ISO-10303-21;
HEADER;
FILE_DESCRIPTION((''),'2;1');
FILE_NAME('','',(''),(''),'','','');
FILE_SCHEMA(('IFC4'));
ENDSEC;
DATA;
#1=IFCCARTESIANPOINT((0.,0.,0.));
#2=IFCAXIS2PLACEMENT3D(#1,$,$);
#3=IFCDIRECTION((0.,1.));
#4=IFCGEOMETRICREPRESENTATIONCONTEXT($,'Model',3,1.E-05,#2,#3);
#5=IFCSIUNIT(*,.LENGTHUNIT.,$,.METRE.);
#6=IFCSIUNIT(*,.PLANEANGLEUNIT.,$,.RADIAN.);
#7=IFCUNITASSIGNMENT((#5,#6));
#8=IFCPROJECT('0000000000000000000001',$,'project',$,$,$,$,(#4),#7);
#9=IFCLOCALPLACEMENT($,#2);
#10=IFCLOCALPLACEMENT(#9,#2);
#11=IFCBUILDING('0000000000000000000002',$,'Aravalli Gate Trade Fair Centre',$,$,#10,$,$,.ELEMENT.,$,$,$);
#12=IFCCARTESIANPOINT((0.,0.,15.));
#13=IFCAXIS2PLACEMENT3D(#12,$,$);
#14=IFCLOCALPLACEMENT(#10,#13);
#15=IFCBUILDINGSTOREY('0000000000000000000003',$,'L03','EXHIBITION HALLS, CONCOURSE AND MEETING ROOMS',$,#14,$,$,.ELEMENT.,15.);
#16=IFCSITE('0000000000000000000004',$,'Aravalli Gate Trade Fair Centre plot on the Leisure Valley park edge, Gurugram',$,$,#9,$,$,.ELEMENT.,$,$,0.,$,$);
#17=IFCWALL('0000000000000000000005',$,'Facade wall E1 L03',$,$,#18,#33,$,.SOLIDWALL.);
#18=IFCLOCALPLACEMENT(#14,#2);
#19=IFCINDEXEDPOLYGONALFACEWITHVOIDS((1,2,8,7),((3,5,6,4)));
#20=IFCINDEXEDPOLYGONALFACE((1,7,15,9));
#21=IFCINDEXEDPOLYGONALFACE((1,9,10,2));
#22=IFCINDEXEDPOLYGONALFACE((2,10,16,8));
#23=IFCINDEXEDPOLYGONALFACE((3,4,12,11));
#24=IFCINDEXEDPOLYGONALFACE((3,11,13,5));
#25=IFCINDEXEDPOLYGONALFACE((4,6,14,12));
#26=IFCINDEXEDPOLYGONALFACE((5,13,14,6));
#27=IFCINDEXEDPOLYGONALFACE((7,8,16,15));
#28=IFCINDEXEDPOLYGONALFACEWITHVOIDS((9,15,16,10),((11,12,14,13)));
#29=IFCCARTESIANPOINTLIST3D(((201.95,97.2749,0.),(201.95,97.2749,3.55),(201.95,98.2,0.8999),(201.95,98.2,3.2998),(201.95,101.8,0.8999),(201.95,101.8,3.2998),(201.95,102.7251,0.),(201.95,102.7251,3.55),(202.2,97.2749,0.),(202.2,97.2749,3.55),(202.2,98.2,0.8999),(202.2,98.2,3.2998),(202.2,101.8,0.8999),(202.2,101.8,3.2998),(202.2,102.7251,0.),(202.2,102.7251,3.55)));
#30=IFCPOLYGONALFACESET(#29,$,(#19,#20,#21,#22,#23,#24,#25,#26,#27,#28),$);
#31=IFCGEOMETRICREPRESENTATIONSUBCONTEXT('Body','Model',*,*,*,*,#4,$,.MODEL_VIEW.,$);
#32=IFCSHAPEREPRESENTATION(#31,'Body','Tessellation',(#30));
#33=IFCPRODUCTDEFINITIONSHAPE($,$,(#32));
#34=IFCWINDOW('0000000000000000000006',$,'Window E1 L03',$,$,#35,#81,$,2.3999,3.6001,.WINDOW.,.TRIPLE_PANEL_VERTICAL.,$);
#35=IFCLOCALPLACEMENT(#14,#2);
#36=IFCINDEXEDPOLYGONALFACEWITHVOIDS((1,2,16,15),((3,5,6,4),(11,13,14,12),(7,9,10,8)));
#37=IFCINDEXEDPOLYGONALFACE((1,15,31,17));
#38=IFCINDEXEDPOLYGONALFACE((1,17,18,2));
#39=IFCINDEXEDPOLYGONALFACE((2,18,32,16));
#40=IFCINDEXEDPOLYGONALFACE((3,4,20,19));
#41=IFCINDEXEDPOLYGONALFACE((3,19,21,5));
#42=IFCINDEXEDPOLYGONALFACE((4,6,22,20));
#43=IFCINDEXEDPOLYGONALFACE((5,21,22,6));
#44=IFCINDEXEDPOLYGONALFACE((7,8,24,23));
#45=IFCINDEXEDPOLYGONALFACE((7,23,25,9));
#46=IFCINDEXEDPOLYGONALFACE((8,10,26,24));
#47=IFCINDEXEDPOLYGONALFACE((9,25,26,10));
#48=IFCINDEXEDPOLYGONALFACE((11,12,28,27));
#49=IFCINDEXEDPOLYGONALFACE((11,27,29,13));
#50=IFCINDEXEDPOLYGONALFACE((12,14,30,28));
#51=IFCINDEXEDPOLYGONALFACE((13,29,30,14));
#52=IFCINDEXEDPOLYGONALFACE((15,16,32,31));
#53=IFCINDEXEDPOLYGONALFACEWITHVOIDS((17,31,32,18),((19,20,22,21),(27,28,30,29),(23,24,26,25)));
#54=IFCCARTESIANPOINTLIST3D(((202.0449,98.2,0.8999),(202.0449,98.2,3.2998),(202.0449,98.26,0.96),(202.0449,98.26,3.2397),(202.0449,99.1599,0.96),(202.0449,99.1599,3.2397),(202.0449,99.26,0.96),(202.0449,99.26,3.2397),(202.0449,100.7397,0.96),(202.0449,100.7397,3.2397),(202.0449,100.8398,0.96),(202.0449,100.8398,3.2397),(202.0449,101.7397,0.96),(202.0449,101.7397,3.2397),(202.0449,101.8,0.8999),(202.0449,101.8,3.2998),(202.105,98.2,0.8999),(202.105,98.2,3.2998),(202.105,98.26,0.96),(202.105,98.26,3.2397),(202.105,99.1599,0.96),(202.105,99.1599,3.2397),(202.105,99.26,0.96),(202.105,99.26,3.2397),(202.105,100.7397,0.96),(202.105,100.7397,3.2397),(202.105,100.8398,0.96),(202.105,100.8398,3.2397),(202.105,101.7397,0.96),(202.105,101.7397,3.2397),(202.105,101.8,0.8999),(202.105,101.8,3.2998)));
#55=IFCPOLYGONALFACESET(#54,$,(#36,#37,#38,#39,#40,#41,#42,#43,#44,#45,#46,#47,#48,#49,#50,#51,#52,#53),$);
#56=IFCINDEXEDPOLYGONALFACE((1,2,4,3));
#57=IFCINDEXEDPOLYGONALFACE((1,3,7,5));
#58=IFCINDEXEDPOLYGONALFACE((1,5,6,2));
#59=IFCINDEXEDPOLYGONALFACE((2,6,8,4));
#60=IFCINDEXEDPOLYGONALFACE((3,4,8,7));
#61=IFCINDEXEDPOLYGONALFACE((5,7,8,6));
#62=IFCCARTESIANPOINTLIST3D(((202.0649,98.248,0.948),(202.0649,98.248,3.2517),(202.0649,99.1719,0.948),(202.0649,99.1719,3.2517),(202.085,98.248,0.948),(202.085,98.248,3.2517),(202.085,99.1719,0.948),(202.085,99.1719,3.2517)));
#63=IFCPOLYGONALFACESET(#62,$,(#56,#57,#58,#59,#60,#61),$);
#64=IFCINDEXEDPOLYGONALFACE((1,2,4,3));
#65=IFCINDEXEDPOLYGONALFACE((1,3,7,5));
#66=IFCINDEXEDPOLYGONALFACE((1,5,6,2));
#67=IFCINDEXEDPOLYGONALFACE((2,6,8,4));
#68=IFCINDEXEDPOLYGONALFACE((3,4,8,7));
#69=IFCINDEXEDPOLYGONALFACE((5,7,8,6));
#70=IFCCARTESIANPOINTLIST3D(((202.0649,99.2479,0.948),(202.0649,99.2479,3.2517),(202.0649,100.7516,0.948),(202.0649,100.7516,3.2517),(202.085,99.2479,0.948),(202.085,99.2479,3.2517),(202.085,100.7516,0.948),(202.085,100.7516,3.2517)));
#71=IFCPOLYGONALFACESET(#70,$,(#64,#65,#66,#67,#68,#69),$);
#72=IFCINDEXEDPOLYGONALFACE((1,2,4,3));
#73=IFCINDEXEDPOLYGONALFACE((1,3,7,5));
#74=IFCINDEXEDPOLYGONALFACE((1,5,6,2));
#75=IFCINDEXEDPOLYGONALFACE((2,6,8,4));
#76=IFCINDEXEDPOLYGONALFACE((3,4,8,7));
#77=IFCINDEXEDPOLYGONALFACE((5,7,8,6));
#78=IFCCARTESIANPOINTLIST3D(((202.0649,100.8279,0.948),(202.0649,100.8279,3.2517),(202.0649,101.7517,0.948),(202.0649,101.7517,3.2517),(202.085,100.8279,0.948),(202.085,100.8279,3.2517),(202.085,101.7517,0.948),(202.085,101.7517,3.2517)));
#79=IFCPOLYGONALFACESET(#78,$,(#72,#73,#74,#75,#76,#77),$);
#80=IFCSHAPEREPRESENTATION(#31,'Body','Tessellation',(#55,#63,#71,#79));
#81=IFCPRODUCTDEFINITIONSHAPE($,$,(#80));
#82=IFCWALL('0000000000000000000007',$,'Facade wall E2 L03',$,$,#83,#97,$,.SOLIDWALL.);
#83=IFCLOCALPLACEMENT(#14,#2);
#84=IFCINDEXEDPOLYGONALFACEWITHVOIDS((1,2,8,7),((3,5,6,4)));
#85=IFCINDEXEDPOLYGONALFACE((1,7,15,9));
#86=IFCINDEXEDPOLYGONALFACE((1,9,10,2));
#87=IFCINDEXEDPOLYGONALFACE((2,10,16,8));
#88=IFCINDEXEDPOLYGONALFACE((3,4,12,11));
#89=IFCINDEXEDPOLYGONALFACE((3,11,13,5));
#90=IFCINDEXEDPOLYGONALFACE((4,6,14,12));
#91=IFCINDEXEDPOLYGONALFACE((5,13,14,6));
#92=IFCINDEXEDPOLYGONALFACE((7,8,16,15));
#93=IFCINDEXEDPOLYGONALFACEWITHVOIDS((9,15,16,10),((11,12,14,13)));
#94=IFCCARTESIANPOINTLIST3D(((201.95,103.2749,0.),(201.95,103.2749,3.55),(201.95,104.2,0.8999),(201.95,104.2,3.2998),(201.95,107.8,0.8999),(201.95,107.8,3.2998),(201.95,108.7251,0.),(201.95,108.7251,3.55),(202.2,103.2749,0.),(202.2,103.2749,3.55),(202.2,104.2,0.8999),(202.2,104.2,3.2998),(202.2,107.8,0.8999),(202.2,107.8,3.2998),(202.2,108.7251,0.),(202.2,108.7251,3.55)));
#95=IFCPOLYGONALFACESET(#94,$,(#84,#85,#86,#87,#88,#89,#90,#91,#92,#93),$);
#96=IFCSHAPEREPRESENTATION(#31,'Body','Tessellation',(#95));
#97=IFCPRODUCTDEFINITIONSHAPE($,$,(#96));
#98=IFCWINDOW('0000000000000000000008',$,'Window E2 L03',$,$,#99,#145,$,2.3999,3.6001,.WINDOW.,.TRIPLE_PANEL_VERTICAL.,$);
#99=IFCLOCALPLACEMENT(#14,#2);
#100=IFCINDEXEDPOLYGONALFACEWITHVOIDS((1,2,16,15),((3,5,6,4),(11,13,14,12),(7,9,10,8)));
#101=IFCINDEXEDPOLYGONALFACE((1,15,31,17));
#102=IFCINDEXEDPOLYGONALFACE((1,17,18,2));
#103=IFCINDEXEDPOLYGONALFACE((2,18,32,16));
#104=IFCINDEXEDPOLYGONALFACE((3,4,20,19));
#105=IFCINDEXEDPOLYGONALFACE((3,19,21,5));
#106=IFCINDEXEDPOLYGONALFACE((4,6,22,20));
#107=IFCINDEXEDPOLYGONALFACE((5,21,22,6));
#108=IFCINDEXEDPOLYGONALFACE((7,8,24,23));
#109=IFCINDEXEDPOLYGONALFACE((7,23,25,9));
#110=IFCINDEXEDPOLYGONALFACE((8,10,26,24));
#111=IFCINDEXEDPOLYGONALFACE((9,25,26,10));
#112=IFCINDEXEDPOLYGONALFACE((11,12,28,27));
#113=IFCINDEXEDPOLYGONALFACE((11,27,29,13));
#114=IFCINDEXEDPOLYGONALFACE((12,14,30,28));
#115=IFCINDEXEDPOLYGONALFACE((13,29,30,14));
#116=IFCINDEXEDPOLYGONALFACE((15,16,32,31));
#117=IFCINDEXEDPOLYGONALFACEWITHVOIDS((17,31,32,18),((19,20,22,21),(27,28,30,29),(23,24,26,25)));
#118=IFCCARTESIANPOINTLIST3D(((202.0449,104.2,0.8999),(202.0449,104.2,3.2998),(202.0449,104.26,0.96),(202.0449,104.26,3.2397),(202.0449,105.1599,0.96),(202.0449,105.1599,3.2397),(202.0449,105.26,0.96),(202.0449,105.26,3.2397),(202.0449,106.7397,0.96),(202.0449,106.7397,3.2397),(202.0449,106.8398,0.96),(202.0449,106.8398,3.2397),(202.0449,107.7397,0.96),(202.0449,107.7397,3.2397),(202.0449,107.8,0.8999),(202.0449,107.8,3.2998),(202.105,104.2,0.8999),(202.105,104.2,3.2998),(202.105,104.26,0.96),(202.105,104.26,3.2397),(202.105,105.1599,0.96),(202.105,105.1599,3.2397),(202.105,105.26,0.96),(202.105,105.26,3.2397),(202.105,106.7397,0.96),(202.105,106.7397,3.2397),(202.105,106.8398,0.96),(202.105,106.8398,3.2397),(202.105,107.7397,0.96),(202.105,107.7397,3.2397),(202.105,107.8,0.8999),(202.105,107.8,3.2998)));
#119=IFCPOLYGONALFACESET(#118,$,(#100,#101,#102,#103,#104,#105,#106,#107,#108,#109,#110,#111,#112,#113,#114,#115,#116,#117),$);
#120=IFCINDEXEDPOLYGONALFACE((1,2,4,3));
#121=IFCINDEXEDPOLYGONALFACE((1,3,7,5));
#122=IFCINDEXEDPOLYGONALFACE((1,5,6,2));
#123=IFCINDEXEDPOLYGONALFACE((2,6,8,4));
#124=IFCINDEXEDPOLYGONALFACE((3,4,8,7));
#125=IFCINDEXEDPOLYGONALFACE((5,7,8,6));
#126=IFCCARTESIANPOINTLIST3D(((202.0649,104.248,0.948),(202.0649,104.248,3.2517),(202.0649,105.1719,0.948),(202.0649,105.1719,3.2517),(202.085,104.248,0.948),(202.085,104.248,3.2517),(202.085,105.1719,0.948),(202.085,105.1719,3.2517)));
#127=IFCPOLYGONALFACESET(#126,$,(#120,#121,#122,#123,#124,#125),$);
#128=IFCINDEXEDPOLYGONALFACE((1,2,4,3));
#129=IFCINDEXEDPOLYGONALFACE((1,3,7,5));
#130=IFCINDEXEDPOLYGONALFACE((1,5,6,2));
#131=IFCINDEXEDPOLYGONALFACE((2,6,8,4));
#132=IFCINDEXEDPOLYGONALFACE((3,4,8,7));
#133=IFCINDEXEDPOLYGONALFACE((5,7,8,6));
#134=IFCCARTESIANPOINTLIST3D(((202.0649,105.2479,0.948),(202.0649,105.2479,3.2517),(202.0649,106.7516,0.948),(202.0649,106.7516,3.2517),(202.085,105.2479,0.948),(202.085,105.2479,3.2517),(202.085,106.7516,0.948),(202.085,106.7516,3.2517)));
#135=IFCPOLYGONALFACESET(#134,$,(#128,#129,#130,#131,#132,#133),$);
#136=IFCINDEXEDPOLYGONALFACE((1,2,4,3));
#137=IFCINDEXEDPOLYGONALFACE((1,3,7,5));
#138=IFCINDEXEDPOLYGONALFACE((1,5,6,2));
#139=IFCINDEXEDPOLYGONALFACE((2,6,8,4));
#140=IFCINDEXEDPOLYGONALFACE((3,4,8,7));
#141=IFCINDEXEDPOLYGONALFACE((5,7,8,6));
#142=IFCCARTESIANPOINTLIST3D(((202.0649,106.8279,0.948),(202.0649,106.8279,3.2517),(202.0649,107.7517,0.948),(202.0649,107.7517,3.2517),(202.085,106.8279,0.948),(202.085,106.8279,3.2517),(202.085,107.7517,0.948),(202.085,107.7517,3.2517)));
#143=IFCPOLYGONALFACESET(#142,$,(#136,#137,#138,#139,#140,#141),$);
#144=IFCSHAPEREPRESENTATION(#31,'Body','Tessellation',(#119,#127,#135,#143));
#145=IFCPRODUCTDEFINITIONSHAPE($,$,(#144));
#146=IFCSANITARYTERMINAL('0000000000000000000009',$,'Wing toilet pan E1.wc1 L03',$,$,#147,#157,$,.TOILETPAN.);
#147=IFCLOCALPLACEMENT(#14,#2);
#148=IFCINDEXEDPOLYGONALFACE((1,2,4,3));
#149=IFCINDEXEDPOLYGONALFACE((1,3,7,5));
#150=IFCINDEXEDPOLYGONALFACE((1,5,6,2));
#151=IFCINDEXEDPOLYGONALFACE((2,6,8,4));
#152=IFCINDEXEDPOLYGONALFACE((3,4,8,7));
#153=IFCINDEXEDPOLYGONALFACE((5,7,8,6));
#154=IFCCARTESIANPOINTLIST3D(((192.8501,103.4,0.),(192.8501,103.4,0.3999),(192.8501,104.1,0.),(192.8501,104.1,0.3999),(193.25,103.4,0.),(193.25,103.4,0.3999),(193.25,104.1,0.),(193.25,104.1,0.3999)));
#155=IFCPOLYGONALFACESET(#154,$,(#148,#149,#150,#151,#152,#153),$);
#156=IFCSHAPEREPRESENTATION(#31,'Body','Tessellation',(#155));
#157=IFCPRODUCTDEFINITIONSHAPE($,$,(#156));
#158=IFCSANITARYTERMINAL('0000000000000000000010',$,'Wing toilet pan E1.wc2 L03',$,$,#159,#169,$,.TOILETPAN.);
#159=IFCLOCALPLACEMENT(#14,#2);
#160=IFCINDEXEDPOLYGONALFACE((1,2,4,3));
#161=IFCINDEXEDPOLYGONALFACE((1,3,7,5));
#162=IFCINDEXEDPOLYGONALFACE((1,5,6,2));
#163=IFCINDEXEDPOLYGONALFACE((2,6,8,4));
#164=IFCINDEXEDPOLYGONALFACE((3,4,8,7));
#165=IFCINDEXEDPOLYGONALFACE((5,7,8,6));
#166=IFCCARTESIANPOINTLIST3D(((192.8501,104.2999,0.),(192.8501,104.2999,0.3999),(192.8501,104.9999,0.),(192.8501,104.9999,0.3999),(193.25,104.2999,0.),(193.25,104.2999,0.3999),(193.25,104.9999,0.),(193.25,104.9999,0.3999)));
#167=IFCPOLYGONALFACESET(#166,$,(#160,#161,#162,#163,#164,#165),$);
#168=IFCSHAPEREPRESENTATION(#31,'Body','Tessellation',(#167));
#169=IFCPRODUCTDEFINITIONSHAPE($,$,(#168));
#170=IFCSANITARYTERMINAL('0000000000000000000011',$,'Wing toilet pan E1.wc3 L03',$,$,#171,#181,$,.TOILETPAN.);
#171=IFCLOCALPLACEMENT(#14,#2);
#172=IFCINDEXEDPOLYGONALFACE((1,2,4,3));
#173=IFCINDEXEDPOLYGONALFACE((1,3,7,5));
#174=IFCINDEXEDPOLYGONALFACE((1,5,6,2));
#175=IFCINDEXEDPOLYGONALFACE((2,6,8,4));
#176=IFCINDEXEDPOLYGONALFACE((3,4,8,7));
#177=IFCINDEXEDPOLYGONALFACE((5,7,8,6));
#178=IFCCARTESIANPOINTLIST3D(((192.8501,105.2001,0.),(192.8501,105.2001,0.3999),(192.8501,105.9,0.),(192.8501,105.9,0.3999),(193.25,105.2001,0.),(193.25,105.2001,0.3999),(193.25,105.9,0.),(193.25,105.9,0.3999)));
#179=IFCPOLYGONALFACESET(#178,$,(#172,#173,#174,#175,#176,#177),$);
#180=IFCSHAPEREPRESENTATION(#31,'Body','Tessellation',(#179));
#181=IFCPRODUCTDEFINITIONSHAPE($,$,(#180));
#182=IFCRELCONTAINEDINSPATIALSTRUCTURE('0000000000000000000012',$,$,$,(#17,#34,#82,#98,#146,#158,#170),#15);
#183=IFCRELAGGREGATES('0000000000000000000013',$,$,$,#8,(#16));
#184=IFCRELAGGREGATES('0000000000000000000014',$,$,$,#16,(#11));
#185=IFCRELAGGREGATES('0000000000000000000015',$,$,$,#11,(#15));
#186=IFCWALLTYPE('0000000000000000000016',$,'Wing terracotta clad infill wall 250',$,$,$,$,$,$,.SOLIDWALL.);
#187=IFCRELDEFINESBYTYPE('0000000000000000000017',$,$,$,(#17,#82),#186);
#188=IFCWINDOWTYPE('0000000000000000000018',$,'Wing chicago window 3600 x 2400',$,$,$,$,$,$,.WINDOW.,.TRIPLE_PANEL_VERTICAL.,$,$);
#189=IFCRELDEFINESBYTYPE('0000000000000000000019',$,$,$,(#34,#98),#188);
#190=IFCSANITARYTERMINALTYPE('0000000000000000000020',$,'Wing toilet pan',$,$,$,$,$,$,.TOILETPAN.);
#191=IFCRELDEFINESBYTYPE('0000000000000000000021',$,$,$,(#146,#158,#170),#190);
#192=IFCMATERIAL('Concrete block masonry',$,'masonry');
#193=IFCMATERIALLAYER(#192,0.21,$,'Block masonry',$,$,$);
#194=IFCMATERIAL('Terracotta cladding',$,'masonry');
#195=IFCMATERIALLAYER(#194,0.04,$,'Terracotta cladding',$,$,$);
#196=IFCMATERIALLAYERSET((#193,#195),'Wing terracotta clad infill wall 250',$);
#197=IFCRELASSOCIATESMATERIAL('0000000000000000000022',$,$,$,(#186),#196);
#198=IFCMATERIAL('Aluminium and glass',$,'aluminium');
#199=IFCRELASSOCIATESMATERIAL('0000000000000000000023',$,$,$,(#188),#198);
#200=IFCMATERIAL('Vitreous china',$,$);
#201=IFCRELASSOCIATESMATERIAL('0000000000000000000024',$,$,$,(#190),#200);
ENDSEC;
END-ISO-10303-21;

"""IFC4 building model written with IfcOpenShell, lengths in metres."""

from ifc_helpers import new_model, si_unit, direction, frame, frame_2d, origin, origin_2d, place, context, subcontext, project, spatial, polyline, rectangle, outline, extrude, material, layer, layer_set, type_object, element, fill, save


model = new_model("IFC4")

# Units and contexts
model_context = context("Model", 3, precision=1e-05, world=origin(), true_north=direction((0.0, 1.0)))
body_context = subcontext(model_context, "Body", "Model", "MODEL_VIEW")
ifc_project = project(units=[si_unit("LENGTHUNIT", "METRE"), si_unit("PLANEANGLEUNIT", "RADIAN")], contexts=[model_context])

# Site, building, storey
site_placement = place(None, origin())
site = spatial("IfcSite", under=ifc_project, at=site_placement, Name="Aravalli Gate Trade Fair Centre plot on the Leisure Valley park edge, Gurugram", CompositionType="ELEMENT", RefElevation=0.0)
building_placement = place(site_placement, origin())
building = spatial("IfcBuilding", under=site, at=building_placement, Name="Aravalli Gate Trade Fair Centre", CompositionType="ELEMENT")
storey_placement = place(building_placement, frame((0.0, 0.0, 15.0)))
storey = spatial("IfcBuildingStorey", under=building, at=storey_placement, Name="L03", Description="EXHIBITION HALLS, CONCOURSE AND MEETING ROOMS", CompositionType="ELEMENT", Elevation=15.0)

# Walls, openings, windows
ifc_material_1 = material(Name="Concrete block masonry", Category="masonry")
ifc_layer_1 = layer(ifc_material_1, 0.21, Name="Block masonry")
ifc_material_2 = material(Name="Terracotta cladding", Category="masonry")
ifc_layer_2 = layer(ifc_material_2, 0.04, Name="Terracotta cladding")
ifc_layer_set_1 = layer_set([ifc_layer_1, ifc_layer_2], Name="Wing terracotta clad infill wall 250")
wall_type_1 = type_object("IfcWallType", Name="Wing terracotta clad infill wall 250", PredefinedType="SOLIDWALL", material=ifc_layer_set_1)
wall_1_placement = place(storey_placement, frame((202.075, 97.2749, 0.0), z_axis=(0.0, 0.0, 1.0), x_axis=(0.0, 1.0, 0.0)))
wall_1 = element("IfcWall", 1, at=wall_1_placement, inside=storey, type_object=wall_type_1, Name="Facade wall E1 L03", PredefinedType="SOLIDWALL", context=body_context, shape_type="SweptSolid", body=[
    extrude(rectangle(XDim=5.4502, YDim=0.25, at=frame_2d((2.7251, 0.0))), origin(), (0.0, 0.0, 1.0), 3.55),
])
opening_1_placement = place(wall_1_placement, frame((0.925, 0.0, 0.8999)))
opening_1 = element("IfcOpeningElement", 2, at=opening_1_placement, cuts=wall_1, PredefinedType="OPENING", context=body_context, shape_type="SweptSolid", body=[
    extrude(rectangle(XDim=3.6001, YDim=2.3999, at=frame_2d((1.8, 1.2))), frame((0.0, 0.135, 0.0), z_axis=(0.0, -1.0, 0.0), x_axis=(1.0, 0.0, 0.0)), (0.0, 0.0, 1.0), 0.27),
])
ifc_material_3 = material(Name="Aluminium and glass", Category="aluminium")
window_type = type_object("IfcWindowType", Name="Wing chicago window 3600 x 2400", PartitioningType="TRIPLE_PANEL_VERTICAL", PredefinedType="WINDOW", material=ifc_material_3)
window_1_placement = place(opening_1_placement, origin())
window_1 = element("IfcWindow", 3, at=window_1_placement, inside=storey, type_object=window_type, Name="Window E1 L03", OverallHeight=2.3999, OverallWidth=3.6001, PartitioningType="TRIPLE_PANEL_VERTICAL", PredefinedType="WINDOW", context=body_context, shape_type="SweptSolid", body=[
    extrude(outline(polyline([(0.0, 0.0), (3.6001, 0.0), (3.6001, 2.3999), (0.0, 2.3999), (0.0, 0.0)]), holes=[polyline([(0.0601, 0.0601), (0.96, 0.0601), (0.96, 2.3398), (0.0601, 2.3398), (0.0601, 0.0601)]), polyline([(1.0601, 0.0601), (2.5398, 0.0601), (2.5398, 2.3398), (1.0601, 2.3398), (1.0601, 0.0601)]), polyline([(2.6399, 0.0601), (3.5398, 0.0601), (3.5398, 2.3398), (2.6399, 2.3398), (2.6399, 0.0601)])]), frame((0.0, 0.03, 0.0), z_axis=(0.0, -1.0, 0.0), x_axis=(1.0, 0.0, 0.0)), (0.0, 0.0, 1.0), 0.0601),
    extrude(rectangle(XDim=0.9238, YDim=2.3037, at=frame_2d((0.51, 1.2))), frame((0.0, 0.01, 0.0), z_axis=(0.0, -1.0, 0.0), x_axis=(1.0, 0.0, 0.0)), (0.0, 0.0, 1.0), 0.02),
    extrude(rectangle(XDim=1.5037, YDim=2.3037, at=frame_2d((1.7998, 1.2))), frame((0.0, 0.01, 0.0), z_axis=(0.0, -1.0, 0.0), x_axis=(1.0, 0.0, 0.0)), (0.0, 0.0, 1.0), 0.02),
    extrude(rectangle(XDim=0.9238, YDim=2.3037, at=frame_2d((3.0898, 1.2))), frame((0.0, 0.01, 0.0), z_axis=(0.0, -1.0, 0.0), x_axis=(1.0, 0.0, 0.0)), (0.0, 0.0, 1.0), 0.02),
])
fill(opening_1, window_1)
wall_2_placement = place(storey_placement, frame((202.075, 103.2749, 0.0), z_axis=(0.0, 0.0, 1.0), x_axis=(0.0, 1.0, 0.0)))
wall_2 = element("IfcWall", 4, at=wall_2_placement, inside=storey, type_object=wall_type_1, Name="Facade wall E2 L03", PredefinedType="SOLIDWALL", context=body_context, shape_type="SweptSolid", body=[
    extrude(rectangle(XDim=5.4502, YDim=0.25, at=frame_2d((2.7251, 0.0))), origin(), (0.0, 0.0, 1.0), 3.55),
])
opening_2_placement = place(wall_2_placement, frame((0.925, 0.0, 0.8999)))
opening_2 = element("IfcOpeningElement", 5, at=opening_2_placement, cuts=wall_2, PredefinedType="OPENING", context=body_context, shape_type="SweptSolid", body=[
    extrude(rectangle(XDim=3.6001, YDim=2.3999, at=frame_2d((1.8, 1.2))), frame((0.0, 0.135, 0.0), z_axis=(0.0, -1.0, 0.0), x_axis=(1.0, 0.0, 0.0)), (0.0, 0.0, 1.0), 0.27),
])
window_2_placement = place(opening_2_placement, origin())
window_2 = element("IfcWindow", 6, at=window_2_placement, inside=storey, type_object=window_type, Name="Window E2 L03", OverallHeight=2.3999, OverallWidth=3.6001, PartitioningType="TRIPLE_PANEL_VERTICAL", PredefinedType="WINDOW", context=body_context, shape_type="SweptSolid", body=[
    extrude(outline(polyline([(0.0, 0.0), (3.6001, 0.0), (3.6001, 2.3999), (0.0, 2.3999), (0.0, 0.0)]), holes=[polyline([(0.0601, 0.0601), (0.96, 0.0601), (0.96, 2.3398), (0.0601, 2.3398), (0.0601, 0.0601)]), polyline([(1.0601, 0.0601), (2.5398, 0.0601), (2.5398, 2.3398), (1.0601, 2.3398), (1.0601, 0.0601)]), polyline([(2.6399, 0.0601), (3.5398, 0.0601), (3.5398, 2.3398), (2.6399, 2.3398), (2.6399, 0.0601)])]), frame((0.0, 0.03, 0.0), z_axis=(0.0, -1.0, 0.0), x_axis=(1.0, 0.0, 0.0)), (0.0, 0.0, 1.0), 0.0601),
    extrude(rectangle(XDim=0.9238, YDim=2.3037, at=frame_2d((0.51, 1.2))), frame((0.0, 0.01, 0.0), z_axis=(0.0, -1.0, 0.0), x_axis=(1.0, 0.0, 0.0)), (0.0, 0.0, 1.0), 0.02),
    extrude(rectangle(XDim=1.5037, YDim=2.3037, at=frame_2d((1.7998, 1.2))), frame((0.0, 0.01, 0.0), z_axis=(0.0, -1.0, 0.0), x_axis=(1.0, 0.0, 0.0)), (0.0, 0.0, 1.0), 0.02),
    extrude(rectangle(XDim=0.9238, YDim=2.3037, at=frame_2d((3.0898, 1.2))), frame((0.0, 0.01, 0.0), z_axis=(0.0, -1.0, 0.0), x_axis=(1.0, 0.0, 0.0)), (0.0, 0.0, 1.0), 0.02),
])
fill(opening_2, window_2)

# Sanitary terminals
ifc_material_4 = material(Name="Vitreous china")
sanitary_terminal_type = type_object("IfcSanitaryTerminalType", Name="Wing toilet pan", PredefinedType="TOILETPAN", material=ifc_material_4)
for number, where, z_axis, x_axis, name in (
    (7, (193.05, 103.75, 0.0), (0.0, 0.0, 1.0), (1.0, 0.0, 0.0), "Wing toilet pan E1.wc1 L03"),
    (8, (193.05, 104.6499, 0.0), (0.0, 0.0, 1.0), (1.0, 0.0, 0.0), "Wing toilet pan E1.wc2 L03"),
    (9, (193.05, 105.55, 0.0), (0.0, 0.0, 1.0), (1.0, 0.0, 0.0), "Wing toilet pan E1.wc3 L03"),
):
    element("IfcSanitaryTerminal", number, at=place(storey_placement, frame(where, z_axis=z_axis, x_axis=x_axis)), inside=storey, type_object=sanitary_terminal_type, Name=name, PredefinedType="TOILETPAN", context=body_context, shape_type="SweptSolid", body=[
        extrude(rectangle(XDim=0.3999, YDim=0.7, at=origin_2d()), origin(), (0.0, 0.0, 1.0), 0.3999),
    ])

save(model, "model.ifc")
